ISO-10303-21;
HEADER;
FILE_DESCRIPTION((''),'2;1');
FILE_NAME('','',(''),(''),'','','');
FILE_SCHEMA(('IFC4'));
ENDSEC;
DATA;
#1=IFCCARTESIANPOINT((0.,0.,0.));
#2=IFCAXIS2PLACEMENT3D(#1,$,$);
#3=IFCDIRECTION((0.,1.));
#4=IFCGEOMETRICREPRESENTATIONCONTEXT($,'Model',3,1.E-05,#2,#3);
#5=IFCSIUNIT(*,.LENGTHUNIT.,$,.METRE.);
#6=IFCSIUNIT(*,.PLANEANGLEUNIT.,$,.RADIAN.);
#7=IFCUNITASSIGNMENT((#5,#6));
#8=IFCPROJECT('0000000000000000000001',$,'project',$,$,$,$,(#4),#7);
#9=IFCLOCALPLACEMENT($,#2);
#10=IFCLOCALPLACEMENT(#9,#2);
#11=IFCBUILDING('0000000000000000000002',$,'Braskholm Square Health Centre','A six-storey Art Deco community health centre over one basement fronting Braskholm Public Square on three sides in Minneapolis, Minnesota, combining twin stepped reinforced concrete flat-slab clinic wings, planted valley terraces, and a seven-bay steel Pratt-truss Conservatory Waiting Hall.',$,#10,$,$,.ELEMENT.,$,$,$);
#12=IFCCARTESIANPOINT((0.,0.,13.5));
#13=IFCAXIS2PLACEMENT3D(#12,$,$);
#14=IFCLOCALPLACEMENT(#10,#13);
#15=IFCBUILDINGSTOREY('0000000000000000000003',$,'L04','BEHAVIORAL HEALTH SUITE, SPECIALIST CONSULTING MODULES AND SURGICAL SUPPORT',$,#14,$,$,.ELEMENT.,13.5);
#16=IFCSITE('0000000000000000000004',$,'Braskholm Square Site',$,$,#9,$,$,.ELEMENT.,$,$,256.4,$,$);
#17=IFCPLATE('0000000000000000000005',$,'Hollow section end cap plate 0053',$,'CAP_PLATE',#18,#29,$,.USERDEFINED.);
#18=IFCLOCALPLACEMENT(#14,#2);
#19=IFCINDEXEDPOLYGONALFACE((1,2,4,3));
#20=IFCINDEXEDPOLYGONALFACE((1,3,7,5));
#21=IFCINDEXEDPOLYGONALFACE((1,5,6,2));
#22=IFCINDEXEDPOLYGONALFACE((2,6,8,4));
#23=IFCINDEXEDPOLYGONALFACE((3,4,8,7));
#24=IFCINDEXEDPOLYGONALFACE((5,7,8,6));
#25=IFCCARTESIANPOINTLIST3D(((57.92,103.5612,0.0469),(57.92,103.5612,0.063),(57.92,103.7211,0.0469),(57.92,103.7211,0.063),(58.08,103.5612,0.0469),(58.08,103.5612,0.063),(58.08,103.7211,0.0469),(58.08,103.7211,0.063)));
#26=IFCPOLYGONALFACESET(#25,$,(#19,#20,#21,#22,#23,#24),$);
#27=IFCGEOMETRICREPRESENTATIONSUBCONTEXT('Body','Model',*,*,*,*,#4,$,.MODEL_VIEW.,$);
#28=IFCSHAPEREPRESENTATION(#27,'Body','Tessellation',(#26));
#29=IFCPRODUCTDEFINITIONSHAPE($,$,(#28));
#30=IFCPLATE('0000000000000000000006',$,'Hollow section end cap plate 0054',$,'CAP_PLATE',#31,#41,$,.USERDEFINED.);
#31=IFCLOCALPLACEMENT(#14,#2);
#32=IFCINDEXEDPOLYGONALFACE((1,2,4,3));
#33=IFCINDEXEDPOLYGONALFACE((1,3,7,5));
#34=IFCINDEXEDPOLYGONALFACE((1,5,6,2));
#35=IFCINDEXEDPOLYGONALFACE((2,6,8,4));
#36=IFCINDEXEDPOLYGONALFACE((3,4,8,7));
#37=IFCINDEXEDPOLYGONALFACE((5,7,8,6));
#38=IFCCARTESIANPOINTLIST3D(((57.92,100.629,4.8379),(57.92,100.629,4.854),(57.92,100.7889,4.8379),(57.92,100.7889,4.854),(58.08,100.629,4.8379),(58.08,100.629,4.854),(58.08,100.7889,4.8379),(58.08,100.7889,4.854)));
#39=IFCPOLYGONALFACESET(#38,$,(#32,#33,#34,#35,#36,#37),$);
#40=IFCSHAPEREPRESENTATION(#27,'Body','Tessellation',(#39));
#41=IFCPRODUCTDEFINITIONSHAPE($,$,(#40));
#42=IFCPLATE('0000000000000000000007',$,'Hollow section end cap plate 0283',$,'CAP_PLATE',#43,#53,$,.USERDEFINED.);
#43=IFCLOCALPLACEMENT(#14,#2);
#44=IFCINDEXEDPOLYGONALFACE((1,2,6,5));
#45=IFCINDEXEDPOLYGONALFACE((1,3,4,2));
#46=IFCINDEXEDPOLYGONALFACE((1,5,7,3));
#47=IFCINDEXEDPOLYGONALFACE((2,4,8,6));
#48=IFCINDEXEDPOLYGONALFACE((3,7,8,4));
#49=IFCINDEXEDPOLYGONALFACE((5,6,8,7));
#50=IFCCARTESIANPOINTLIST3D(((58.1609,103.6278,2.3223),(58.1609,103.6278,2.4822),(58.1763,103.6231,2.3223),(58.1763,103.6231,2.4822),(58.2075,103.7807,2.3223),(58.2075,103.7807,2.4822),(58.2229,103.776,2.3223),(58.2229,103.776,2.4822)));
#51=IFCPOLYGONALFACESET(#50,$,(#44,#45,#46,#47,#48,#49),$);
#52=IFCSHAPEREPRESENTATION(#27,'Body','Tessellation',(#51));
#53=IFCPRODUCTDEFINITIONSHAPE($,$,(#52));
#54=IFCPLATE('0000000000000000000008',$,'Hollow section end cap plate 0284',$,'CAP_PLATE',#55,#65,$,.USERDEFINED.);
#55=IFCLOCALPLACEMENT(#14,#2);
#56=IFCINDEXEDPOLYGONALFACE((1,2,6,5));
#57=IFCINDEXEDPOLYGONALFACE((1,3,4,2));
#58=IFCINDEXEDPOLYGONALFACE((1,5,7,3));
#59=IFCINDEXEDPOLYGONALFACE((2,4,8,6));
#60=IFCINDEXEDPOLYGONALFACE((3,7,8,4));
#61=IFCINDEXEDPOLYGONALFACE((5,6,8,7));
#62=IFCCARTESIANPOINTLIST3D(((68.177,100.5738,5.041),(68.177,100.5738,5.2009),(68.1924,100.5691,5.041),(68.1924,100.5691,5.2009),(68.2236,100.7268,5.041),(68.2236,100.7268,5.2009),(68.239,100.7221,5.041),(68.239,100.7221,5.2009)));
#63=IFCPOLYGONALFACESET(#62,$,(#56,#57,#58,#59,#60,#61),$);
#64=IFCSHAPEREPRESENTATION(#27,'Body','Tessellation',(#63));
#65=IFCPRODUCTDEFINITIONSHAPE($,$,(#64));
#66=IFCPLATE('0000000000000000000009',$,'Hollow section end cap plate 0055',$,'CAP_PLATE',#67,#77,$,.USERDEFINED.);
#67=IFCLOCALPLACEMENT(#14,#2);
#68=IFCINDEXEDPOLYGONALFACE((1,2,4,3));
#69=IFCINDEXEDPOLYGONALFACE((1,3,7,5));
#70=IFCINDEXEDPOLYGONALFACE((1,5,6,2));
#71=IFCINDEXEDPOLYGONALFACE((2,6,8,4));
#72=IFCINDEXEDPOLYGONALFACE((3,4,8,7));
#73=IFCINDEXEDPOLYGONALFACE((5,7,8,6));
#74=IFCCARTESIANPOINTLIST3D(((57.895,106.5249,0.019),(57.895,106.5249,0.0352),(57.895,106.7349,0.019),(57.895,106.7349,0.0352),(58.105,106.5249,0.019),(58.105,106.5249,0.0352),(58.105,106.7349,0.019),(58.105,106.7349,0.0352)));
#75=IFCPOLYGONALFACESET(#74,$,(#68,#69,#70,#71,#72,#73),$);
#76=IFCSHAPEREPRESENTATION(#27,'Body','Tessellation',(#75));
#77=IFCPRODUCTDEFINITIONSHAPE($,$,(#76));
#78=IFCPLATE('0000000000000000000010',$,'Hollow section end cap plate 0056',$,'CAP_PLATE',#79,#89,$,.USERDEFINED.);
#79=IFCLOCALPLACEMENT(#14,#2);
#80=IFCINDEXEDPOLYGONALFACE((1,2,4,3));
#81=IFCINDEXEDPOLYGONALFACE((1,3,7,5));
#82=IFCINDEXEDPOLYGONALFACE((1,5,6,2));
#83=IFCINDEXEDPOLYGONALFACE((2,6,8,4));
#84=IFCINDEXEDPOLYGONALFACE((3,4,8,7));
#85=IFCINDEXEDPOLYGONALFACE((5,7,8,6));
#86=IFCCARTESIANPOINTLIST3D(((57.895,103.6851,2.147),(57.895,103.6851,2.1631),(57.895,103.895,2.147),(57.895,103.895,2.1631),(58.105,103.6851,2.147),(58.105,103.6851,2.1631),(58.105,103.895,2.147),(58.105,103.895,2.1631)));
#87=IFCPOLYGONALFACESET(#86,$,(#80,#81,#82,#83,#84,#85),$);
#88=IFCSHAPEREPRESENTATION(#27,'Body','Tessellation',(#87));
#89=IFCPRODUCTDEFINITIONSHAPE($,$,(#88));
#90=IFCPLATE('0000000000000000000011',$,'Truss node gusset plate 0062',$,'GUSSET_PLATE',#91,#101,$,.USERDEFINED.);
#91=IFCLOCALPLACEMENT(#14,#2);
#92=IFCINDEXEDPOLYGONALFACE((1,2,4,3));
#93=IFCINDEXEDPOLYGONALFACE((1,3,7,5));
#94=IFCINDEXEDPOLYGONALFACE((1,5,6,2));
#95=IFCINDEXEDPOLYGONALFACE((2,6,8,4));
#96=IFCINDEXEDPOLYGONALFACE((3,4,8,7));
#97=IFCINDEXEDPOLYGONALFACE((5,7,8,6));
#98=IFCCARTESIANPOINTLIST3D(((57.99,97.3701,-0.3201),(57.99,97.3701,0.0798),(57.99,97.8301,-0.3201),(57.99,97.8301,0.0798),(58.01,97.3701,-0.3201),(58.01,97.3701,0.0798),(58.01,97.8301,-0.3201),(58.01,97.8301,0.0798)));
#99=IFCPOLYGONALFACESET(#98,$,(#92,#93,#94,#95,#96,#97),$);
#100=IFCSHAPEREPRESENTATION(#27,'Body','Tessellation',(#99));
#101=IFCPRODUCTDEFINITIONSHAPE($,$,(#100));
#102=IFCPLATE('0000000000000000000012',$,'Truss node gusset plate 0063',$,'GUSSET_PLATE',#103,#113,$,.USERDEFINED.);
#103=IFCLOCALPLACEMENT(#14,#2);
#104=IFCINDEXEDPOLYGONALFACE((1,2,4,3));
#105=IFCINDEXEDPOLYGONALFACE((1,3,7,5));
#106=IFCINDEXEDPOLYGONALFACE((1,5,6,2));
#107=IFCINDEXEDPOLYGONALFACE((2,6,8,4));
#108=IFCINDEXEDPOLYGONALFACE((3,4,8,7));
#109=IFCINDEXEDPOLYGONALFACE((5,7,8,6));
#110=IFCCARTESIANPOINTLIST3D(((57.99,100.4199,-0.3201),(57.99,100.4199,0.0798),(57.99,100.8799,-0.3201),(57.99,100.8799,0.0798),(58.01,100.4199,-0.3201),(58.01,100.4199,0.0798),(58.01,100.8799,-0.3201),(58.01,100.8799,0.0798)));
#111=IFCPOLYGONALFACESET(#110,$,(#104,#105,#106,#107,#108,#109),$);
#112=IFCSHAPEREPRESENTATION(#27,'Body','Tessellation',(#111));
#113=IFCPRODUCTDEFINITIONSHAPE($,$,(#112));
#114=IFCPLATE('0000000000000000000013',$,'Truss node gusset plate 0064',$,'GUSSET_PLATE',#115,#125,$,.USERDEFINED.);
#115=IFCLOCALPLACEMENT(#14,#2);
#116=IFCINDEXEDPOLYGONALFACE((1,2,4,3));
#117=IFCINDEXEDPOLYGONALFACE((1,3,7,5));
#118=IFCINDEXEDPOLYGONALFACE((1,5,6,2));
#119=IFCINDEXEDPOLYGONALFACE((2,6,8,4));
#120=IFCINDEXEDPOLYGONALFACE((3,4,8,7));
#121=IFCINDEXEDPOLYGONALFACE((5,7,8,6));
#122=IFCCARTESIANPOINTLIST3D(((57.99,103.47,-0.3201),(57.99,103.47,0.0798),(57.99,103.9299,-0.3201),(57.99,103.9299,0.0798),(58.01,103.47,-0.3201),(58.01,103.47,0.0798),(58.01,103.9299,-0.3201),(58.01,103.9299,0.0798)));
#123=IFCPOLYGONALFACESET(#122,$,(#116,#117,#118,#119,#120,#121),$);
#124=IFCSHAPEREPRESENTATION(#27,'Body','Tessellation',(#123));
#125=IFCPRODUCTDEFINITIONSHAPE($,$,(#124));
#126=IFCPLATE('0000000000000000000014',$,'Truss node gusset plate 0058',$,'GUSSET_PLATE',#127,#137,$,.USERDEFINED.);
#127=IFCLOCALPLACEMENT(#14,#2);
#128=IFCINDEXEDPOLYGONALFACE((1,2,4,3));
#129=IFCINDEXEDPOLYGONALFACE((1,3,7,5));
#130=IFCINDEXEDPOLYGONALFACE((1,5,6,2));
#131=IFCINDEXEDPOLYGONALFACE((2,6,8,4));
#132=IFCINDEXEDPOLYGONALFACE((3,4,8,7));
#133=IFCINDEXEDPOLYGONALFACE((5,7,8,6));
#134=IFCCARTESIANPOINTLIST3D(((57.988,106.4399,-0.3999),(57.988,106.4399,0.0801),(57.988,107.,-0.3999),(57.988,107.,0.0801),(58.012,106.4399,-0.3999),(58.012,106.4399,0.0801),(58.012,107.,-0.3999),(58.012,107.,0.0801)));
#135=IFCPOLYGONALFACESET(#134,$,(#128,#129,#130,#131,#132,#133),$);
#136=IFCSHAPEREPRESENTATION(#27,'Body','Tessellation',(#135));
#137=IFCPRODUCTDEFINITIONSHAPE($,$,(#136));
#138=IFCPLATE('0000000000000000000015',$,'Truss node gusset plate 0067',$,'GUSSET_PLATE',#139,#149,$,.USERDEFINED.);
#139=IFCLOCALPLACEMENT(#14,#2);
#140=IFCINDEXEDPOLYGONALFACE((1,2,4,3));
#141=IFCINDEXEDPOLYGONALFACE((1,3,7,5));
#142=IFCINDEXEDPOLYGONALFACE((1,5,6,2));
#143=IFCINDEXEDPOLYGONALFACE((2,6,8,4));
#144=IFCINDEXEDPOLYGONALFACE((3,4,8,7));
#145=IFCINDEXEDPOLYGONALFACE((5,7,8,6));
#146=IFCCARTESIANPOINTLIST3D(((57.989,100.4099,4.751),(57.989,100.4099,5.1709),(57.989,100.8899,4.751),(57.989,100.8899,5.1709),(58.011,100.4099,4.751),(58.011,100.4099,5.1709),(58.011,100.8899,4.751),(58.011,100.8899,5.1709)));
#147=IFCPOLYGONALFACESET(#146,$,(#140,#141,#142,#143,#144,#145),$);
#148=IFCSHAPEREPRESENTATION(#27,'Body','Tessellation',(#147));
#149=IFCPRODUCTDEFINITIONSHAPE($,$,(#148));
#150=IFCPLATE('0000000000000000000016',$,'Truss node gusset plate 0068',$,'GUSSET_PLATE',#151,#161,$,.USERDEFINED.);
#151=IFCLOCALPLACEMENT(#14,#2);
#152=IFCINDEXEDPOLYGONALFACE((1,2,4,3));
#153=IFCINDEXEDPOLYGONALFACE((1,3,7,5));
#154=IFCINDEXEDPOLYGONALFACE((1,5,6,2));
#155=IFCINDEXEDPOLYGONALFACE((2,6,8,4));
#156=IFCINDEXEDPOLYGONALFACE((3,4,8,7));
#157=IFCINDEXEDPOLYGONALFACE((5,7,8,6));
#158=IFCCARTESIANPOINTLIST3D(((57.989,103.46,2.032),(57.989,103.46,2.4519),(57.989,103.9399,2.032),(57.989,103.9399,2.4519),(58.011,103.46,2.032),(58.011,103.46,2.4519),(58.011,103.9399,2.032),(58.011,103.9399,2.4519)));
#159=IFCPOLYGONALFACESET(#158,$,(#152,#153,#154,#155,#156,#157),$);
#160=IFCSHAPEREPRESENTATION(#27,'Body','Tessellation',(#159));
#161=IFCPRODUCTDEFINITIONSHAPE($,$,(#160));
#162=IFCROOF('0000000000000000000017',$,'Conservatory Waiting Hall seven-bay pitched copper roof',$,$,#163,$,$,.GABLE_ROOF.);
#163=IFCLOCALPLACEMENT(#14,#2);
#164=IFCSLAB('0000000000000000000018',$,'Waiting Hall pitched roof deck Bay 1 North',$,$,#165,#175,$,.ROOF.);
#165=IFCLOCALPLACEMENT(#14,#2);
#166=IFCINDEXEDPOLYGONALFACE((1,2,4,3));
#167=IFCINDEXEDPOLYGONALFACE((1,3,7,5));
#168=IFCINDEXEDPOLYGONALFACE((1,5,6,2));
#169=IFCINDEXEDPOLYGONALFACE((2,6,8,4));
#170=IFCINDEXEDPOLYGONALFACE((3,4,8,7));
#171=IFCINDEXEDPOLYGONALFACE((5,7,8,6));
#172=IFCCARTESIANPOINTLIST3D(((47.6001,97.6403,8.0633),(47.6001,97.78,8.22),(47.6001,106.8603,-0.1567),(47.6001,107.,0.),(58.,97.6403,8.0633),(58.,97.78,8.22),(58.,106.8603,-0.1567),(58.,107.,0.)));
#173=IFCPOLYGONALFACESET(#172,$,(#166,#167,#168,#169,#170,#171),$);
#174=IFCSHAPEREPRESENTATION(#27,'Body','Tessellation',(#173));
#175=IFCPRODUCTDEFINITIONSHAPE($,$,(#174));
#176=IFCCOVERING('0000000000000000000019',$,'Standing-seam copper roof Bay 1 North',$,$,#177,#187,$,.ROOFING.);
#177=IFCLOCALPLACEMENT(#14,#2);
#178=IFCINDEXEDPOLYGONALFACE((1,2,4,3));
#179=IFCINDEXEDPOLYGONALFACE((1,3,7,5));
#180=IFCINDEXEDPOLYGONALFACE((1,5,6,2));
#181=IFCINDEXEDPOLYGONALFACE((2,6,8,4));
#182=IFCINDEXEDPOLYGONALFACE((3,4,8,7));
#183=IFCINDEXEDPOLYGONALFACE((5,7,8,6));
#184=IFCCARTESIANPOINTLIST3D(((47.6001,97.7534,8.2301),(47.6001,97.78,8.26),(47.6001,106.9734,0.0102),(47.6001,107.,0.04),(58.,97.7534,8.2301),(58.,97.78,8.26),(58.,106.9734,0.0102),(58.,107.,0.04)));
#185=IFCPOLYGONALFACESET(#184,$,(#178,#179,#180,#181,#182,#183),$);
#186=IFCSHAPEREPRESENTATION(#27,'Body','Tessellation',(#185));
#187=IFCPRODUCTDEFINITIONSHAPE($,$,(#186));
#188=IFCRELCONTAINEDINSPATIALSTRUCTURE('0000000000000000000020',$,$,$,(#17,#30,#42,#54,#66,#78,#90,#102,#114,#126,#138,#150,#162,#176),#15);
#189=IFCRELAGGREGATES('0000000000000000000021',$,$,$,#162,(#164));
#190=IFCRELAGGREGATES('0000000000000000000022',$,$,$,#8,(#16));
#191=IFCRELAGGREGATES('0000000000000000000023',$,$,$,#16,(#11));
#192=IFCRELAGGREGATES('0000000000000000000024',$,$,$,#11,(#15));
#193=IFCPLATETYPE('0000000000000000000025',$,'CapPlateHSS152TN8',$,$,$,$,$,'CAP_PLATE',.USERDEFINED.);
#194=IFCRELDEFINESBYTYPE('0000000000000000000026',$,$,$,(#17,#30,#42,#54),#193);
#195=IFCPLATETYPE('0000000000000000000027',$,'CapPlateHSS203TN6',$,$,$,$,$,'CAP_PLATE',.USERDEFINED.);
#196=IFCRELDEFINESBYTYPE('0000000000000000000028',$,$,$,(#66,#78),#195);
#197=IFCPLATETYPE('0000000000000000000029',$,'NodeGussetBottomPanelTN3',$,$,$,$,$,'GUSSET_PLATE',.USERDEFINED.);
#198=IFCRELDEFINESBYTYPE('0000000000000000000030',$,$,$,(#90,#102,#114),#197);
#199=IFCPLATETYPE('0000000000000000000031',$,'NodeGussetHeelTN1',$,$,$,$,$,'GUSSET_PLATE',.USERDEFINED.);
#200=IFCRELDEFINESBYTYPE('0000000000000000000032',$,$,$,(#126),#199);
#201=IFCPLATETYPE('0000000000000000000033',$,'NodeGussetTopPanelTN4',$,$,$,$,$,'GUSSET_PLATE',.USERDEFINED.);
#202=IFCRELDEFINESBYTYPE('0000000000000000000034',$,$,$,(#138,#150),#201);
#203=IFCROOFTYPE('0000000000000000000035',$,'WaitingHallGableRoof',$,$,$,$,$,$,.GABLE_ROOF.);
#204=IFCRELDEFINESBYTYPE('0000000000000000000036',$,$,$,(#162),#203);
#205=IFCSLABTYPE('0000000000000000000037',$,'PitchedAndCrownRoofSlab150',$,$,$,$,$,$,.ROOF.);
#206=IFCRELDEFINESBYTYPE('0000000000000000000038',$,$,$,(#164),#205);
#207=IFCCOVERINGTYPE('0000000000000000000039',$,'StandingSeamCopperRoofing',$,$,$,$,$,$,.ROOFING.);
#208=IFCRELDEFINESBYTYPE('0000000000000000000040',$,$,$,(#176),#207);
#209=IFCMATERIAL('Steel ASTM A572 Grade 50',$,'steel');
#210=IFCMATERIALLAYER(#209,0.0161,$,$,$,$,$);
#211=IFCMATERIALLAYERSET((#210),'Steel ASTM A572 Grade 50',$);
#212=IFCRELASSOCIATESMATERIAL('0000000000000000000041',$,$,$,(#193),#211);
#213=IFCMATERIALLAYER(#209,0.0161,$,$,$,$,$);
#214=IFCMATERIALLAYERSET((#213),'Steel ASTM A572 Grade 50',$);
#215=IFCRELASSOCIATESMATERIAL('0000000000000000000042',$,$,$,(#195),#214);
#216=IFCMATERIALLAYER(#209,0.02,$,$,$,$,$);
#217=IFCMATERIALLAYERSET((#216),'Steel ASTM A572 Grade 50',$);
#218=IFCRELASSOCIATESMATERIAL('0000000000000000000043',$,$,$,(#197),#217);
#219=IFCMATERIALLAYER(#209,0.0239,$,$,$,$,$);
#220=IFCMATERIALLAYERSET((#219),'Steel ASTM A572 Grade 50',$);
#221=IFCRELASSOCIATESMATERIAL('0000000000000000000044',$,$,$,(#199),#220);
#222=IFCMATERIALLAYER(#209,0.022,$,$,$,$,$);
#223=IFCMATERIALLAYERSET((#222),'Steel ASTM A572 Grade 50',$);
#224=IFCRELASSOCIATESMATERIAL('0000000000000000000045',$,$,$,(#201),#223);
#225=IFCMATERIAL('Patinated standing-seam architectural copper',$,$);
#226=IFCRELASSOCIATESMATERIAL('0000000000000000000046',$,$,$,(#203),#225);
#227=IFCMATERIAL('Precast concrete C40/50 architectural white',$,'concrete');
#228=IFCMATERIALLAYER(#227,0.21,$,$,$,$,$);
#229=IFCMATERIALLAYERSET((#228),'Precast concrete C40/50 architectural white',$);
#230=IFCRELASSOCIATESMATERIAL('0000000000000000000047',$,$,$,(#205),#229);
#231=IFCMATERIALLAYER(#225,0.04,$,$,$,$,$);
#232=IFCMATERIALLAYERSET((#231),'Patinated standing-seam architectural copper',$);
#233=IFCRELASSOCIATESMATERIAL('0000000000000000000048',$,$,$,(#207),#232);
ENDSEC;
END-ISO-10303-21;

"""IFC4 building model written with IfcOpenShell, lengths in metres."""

from ifc_helpers import new_model, si_unit, direction, frame, origin, origin_2d, place, context, subcontext, project, spatial, polyline, rectangle, outline, extrude, material, layer, layer_set, type_object, element, aggregate, save


model = new_model("IFC4")

# Units and contexts
model_context = context("Model", 3, precision=1e-05, world=origin(), true_north=direction((0.0, 1.0)))
body_context = subcontext(model_context, "Body", "Model", "MODEL_VIEW")
ifc_project = project(units=[si_unit("LENGTHUNIT", "METRE"), si_unit("PLANEANGLEUNIT", "RADIAN")], contexts=[model_context])

# Site, building, storey
site_placement = place(None, origin())
site = spatial("IfcSite", under=ifc_project, at=site_placement, Name="Braskholm Square Site", CompositionType="ELEMENT", RefElevation=256.4)
building_placement = place(site_placement, origin())
building = spatial("IfcBuilding", under=site, at=building_placement, Name="Braskholm Square Health Centre", Description="A six-storey Art Deco community health centre over one basement fronting Braskholm Public Square on three sides in Minneapolis, Minnesota, combining twin stepped reinforced concrete flat-slab clinic wings, planted valley terraces, and a seven-bay steel Pratt-truss Conservatory Waiting Hall.", CompositionType="ELEMENT")
storey_placement = place(building_placement, frame((0.0, 0.0, 13.5)))
storey = spatial("IfcBuildingStorey", under=building, at=storey_placement, Name="L04", Description="BEHAVIORAL HEALTH SUITE, SPECIALIST CONSULTING MODULES AND SURGICAL SUPPORT", CompositionType="ELEMENT", Elevation=13.5)

# Plates
ifc_material_1 = material(Name="Steel ASTM A572 Grade 50", Category="steel")
ifc_layer_1 = layer(ifc_material_1, 0.0161)
ifc_layer_set_1 = layer_set([ifc_layer_1], Name="Steel ASTM A572 Grade 50")
plate_type_1 = type_object("IfcPlateType", Name="CapPlateHSS152TN8", ElementType="CAP_PLATE", PredefinedType="USERDEFINED", material=ifc_layer_set_1)
for number, where, z_axis, x_axis, name in (
    (1, (58.0, 103.6411, 0.0469), (0.0, 0.0, 1.0), (1.0, 0.0, 0.0), "Hollow section end cap plate 0053"),
    (2, (58.0, 100.709, 4.8379), (0.0, 0.0, 1.0), (1.0, 0.0, 0.0), "Hollow section end cap plate 0054"),
):
    element("IfcPlate", number, at=place(storey_placement, frame(where, z_axis=z_axis, x_axis=x_axis)), inside=storey, type_object=plate_type_1, Name=name, ObjectType="CAP_PLATE", PredefinedType="USERDEFINED", context=body_context, shape_type="SweptSolid", body=[
        extrude(rectangle(XDim=0.1599, YDim=0.1599, at=origin_2d()), origin(), (0.0, 0.0, 1.0), 0.0161),
    ])
for number, where, z_axis, x_axis, name in (
    (3, (58.1919, 103.7019, 2.3223), (0.0, 0.0, 1.0), (0.956498, -0.291737, 0.0), "Hollow section end cap plate 0283"),
    (4, (68.208, 100.6479, 5.041), (0.0, 0.0, 1.0), (0.956498, -0.291737, 0.0), "Hollow section end cap plate 0284"),
):
    element("IfcPlate", number, at=place(storey_placement, frame(where, z_axis=z_axis, x_axis=x_axis)), inside=storey, type_object=plate_type_1, Name=name, ObjectType="CAP_PLATE", PredefinedType="USERDEFINED", context=body_context, shape_type="SweptSolid", body=[
        extrude(rectangle(XDim=0.0161, YDim=0.1599, at=origin_2d()), origin(), (0.0, 0.0, 1.0), 0.1599),
    ])
ifc_layer_2 = layer(ifc_material_1, 0.0161)
ifc_layer_set_2 = layer_set([ifc_layer_2], Name="Steel ASTM A572 Grade 50")
plate_type_2 = type_object("IfcPlateType", Name="CapPlateHSS203TN6", ElementType="CAP_PLATE", PredefinedType="USERDEFINED", material=ifc_layer_set_2)
for number, where, z_axis, x_axis, name in (
    (5, (58.0, 106.6299, 0.019), (0.0, 0.0, 1.0), (1.0, 0.0, 0.0), "Hollow section end cap plate 0055"),
    (6, (58.0, 103.79, 2.147), (0.0, 0.0, 1.0), (1.0, 0.0, 0.0), "Hollow section end cap plate 0056"),
):
    element("IfcPlate", number, at=place(storey_placement, frame(where, z_axis=z_axis, x_axis=x_axis)), inside=storey, type_object=plate_type_2, Name=name, ObjectType="CAP_PLATE", PredefinedType="USERDEFINED", context=body_context, shape_type="SweptSolid", body=[
        extrude(rectangle(XDim=0.21, YDim=0.21, at=origin_2d()), origin(), (0.0, 0.0, 1.0), 0.0161),
    ])
ifc_layer_3 = layer(ifc_material_1, 0.02)
ifc_layer_set_3 = layer_set([ifc_layer_3], Name="Steel ASTM A572 Grade 50")
plate_type_3 = type_object("IfcPlateType", Name="NodeGussetBottomPanelTN3", ElementType="GUSSET_PLATE", PredefinedType="USERDEFINED", material=ifc_layer_set_3)
for number, where, z_axis, x_axis, name in (
    (7, (58.0, 97.6001, -0.3201), (0.0, 0.0, 1.0), (1.0, 0.0, 0.0), "Truss node gusset plate 0062"),
    (8, (58.0, 100.6499, -0.3201), (0.0, 0.0, 1.0), (1.0, 0.0, 0.0), "Truss node gusset plate 0063"),
    (9, (58.0, 103.7, -0.3201), (0.0, 0.0, 1.0), (1.0, 0.0, 0.0), "Truss node gusset plate 0064"),
):
    element("IfcPlate", number, at=place(storey_placement, frame(where, z_axis=z_axis, x_axis=x_axis)), inside=storey, type_object=plate_type_3, Name=name, ObjectType="GUSSET_PLATE", PredefinedType="USERDEFINED", context=body_context, shape_type="SweptSolid", body=[
        extrude(rectangle(XDim=0.02, YDim=0.46, at=origin_2d()), origin(), (0.0, 0.0, 1.0), 0.3999),
    ])
ifc_layer_4 = layer(ifc_material_1, 0.0239)
ifc_layer_set_4 = layer_set([ifc_layer_4], Name="Steel ASTM A572 Grade 50")
plate_type_4 = type_object("IfcPlateType", Name="NodeGussetHeelTN1", ElementType="GUSSET_PLATE", PredefinedType="USERDEFINED", material=ifc_layer_set_4)
plate_placement = place(storey_placement, frame((58.0, 106.72, -0.3999), z_axis=(0.0, 0.0, 1.0), x_axis=(1.0, 0.0, 0.0)))
element("IfcPlate", 10, at=plate_placement, inside=storey, type_object=plate_type_4, Name="Truss node gusset plate 0058", ObjectType="GUSSET_PLATE", PredefinedType="USERDEFINED", context=body_context, shape_type="SweptSolid", body=[
    extrude(rectangle(XDim=0.0239, YDim=0.5601, at=origin_2d()), origin(), (0.0, 0.0, 1.0), 0.48),
])
ifc_layer_5 = layer(ifc_material_1, 0.022)
ifc_layer_set_5 = layer_set([ifc_layer_5], Name="Steel ASTM A572 Grade 50")
plate_type_5 = type_object("IfcPlateType", Name="NodeGussetTopPanelTN4", ElementType="GUSSET_PLATE", PredefinedType="USERDEFINED", material=ifc_layer_set_5)
for number, where, z_axis, x_axis, name in (
    (11, (58.0, 100.6499, 4.751), (0.0, 0.0, 1.0), (1.0, 0.0, 0.0), "Truss node gusset plate 0067"),
    (12, (58.0, 103.7, 2.032), (0.0, 0.0, 1.0), (1.0, 0.0, 0.0), "Truss node gusset plate 0068"),
):
    element("IfcPlate", number, at=place(storey_placement, frame(where, z_axis=z_axis, x_axis=x_axis)), inside=storey, type_object=plate_type_5, Name=name, ObjectType="GUSSET_PLATE", PredefinedType="USERDEFINED", context=body_context, shape_type="SweptSolid", body=[
        extrude(rectangle(XDim=0.022, YDim=0.48, at=origin_2d()), origin(), (0.0, 0.0, 1.0), 0.4199),
    ])

# Roof, slab
ifc_material_2 = material(Name="Patinated standing-seam architectural copper")
roof_type = type_object("IfcRoofType", Name="WaitingHallGableRoof", PredefinedType="GABLE_ROOF", material=ifc_material_2)
roof_placement = place(storey_placement, origin())
roof = element("IfcRoof", 13, at=roof_placement, inside=storey, type_object=roof_type, Name="Conservatory Waiting Hall seven-bay pitched copper roof", PredefinedType="GABLE_ROOF")
ifc_material_3 = material(Name="Precast concrete C40/50 architectural white", Category="concrete")
ifc_layer_6 = layer(ifc_material_3, 0.21)
ifc_layer_set_6 = layer_set([ifc_layer_6], Name="Precast concrete C40/50 architectural white")
slab_type = type_object("IfcSlabType", Name="PitchedAndCrownRoofSlab150", PredefinedType="ROOF", material=ifc_layer_set_6)
slab_placement = place(storey_placement, frame((58.0, 107.0, 0.0), z_axis=(0.0, 0.665468, 0.746426), x_axis=(-1.0, 0.0, 0.0)))
slab = element("IfcSlab", 14, at=slab_placement, type_object=slab_type, Name="Waiting Hall pitched roof deck Bay 1 North", PredefinedType="ROOF", context=body_context, shape_type="SweptSolid", body=[
    extrude(outline(polyline([(0.0, 0.0), (10.3999, 0.0), (10.3999, 12.3522), (0.0, 12.3522), (0.0, 0.0)])), origin(), (0.0, 0.0, -1.0), 0.21),
])
aggregate(roof, [slab])

# Covering
ifc_layer_7 = layer(ifc_material_2, 0.04)
ifc_layer_set_7 = layer_set([ifc_layer_7], Name="Patinated standing-seam architectural copper")
covering_type = type_object("IfcCoveringType", Name="StandingSeamCopperRoofing", PredefinedType="ROOFING", material=ifc_layer_set_7)
covering_placement = place(storey_placement, frame((58.0, 107.0, 0.04), z_axis=(0.0, 0.665468, 0.746426), x_axis=(-1.0, 0.0, 0.0)))
element("IfcCovering", 15, at=covering_placement, inside=storey, type_object=covering_type, Name="Standing-seam copper roof Bay 1 North", PredefinedType="ROOFING", context=body_context, shape_type="SweptSolid", body=[
    extrude(outline(polyline([(0.0, 0.0), (10.3999, 0.0), (10.3999, 12.3522), (0.0, 12.3522), (0.0, 0.0)])), origin(), (0.0, 0.0, -1.0), 0.04),
])

save(model, "model.ifc")
